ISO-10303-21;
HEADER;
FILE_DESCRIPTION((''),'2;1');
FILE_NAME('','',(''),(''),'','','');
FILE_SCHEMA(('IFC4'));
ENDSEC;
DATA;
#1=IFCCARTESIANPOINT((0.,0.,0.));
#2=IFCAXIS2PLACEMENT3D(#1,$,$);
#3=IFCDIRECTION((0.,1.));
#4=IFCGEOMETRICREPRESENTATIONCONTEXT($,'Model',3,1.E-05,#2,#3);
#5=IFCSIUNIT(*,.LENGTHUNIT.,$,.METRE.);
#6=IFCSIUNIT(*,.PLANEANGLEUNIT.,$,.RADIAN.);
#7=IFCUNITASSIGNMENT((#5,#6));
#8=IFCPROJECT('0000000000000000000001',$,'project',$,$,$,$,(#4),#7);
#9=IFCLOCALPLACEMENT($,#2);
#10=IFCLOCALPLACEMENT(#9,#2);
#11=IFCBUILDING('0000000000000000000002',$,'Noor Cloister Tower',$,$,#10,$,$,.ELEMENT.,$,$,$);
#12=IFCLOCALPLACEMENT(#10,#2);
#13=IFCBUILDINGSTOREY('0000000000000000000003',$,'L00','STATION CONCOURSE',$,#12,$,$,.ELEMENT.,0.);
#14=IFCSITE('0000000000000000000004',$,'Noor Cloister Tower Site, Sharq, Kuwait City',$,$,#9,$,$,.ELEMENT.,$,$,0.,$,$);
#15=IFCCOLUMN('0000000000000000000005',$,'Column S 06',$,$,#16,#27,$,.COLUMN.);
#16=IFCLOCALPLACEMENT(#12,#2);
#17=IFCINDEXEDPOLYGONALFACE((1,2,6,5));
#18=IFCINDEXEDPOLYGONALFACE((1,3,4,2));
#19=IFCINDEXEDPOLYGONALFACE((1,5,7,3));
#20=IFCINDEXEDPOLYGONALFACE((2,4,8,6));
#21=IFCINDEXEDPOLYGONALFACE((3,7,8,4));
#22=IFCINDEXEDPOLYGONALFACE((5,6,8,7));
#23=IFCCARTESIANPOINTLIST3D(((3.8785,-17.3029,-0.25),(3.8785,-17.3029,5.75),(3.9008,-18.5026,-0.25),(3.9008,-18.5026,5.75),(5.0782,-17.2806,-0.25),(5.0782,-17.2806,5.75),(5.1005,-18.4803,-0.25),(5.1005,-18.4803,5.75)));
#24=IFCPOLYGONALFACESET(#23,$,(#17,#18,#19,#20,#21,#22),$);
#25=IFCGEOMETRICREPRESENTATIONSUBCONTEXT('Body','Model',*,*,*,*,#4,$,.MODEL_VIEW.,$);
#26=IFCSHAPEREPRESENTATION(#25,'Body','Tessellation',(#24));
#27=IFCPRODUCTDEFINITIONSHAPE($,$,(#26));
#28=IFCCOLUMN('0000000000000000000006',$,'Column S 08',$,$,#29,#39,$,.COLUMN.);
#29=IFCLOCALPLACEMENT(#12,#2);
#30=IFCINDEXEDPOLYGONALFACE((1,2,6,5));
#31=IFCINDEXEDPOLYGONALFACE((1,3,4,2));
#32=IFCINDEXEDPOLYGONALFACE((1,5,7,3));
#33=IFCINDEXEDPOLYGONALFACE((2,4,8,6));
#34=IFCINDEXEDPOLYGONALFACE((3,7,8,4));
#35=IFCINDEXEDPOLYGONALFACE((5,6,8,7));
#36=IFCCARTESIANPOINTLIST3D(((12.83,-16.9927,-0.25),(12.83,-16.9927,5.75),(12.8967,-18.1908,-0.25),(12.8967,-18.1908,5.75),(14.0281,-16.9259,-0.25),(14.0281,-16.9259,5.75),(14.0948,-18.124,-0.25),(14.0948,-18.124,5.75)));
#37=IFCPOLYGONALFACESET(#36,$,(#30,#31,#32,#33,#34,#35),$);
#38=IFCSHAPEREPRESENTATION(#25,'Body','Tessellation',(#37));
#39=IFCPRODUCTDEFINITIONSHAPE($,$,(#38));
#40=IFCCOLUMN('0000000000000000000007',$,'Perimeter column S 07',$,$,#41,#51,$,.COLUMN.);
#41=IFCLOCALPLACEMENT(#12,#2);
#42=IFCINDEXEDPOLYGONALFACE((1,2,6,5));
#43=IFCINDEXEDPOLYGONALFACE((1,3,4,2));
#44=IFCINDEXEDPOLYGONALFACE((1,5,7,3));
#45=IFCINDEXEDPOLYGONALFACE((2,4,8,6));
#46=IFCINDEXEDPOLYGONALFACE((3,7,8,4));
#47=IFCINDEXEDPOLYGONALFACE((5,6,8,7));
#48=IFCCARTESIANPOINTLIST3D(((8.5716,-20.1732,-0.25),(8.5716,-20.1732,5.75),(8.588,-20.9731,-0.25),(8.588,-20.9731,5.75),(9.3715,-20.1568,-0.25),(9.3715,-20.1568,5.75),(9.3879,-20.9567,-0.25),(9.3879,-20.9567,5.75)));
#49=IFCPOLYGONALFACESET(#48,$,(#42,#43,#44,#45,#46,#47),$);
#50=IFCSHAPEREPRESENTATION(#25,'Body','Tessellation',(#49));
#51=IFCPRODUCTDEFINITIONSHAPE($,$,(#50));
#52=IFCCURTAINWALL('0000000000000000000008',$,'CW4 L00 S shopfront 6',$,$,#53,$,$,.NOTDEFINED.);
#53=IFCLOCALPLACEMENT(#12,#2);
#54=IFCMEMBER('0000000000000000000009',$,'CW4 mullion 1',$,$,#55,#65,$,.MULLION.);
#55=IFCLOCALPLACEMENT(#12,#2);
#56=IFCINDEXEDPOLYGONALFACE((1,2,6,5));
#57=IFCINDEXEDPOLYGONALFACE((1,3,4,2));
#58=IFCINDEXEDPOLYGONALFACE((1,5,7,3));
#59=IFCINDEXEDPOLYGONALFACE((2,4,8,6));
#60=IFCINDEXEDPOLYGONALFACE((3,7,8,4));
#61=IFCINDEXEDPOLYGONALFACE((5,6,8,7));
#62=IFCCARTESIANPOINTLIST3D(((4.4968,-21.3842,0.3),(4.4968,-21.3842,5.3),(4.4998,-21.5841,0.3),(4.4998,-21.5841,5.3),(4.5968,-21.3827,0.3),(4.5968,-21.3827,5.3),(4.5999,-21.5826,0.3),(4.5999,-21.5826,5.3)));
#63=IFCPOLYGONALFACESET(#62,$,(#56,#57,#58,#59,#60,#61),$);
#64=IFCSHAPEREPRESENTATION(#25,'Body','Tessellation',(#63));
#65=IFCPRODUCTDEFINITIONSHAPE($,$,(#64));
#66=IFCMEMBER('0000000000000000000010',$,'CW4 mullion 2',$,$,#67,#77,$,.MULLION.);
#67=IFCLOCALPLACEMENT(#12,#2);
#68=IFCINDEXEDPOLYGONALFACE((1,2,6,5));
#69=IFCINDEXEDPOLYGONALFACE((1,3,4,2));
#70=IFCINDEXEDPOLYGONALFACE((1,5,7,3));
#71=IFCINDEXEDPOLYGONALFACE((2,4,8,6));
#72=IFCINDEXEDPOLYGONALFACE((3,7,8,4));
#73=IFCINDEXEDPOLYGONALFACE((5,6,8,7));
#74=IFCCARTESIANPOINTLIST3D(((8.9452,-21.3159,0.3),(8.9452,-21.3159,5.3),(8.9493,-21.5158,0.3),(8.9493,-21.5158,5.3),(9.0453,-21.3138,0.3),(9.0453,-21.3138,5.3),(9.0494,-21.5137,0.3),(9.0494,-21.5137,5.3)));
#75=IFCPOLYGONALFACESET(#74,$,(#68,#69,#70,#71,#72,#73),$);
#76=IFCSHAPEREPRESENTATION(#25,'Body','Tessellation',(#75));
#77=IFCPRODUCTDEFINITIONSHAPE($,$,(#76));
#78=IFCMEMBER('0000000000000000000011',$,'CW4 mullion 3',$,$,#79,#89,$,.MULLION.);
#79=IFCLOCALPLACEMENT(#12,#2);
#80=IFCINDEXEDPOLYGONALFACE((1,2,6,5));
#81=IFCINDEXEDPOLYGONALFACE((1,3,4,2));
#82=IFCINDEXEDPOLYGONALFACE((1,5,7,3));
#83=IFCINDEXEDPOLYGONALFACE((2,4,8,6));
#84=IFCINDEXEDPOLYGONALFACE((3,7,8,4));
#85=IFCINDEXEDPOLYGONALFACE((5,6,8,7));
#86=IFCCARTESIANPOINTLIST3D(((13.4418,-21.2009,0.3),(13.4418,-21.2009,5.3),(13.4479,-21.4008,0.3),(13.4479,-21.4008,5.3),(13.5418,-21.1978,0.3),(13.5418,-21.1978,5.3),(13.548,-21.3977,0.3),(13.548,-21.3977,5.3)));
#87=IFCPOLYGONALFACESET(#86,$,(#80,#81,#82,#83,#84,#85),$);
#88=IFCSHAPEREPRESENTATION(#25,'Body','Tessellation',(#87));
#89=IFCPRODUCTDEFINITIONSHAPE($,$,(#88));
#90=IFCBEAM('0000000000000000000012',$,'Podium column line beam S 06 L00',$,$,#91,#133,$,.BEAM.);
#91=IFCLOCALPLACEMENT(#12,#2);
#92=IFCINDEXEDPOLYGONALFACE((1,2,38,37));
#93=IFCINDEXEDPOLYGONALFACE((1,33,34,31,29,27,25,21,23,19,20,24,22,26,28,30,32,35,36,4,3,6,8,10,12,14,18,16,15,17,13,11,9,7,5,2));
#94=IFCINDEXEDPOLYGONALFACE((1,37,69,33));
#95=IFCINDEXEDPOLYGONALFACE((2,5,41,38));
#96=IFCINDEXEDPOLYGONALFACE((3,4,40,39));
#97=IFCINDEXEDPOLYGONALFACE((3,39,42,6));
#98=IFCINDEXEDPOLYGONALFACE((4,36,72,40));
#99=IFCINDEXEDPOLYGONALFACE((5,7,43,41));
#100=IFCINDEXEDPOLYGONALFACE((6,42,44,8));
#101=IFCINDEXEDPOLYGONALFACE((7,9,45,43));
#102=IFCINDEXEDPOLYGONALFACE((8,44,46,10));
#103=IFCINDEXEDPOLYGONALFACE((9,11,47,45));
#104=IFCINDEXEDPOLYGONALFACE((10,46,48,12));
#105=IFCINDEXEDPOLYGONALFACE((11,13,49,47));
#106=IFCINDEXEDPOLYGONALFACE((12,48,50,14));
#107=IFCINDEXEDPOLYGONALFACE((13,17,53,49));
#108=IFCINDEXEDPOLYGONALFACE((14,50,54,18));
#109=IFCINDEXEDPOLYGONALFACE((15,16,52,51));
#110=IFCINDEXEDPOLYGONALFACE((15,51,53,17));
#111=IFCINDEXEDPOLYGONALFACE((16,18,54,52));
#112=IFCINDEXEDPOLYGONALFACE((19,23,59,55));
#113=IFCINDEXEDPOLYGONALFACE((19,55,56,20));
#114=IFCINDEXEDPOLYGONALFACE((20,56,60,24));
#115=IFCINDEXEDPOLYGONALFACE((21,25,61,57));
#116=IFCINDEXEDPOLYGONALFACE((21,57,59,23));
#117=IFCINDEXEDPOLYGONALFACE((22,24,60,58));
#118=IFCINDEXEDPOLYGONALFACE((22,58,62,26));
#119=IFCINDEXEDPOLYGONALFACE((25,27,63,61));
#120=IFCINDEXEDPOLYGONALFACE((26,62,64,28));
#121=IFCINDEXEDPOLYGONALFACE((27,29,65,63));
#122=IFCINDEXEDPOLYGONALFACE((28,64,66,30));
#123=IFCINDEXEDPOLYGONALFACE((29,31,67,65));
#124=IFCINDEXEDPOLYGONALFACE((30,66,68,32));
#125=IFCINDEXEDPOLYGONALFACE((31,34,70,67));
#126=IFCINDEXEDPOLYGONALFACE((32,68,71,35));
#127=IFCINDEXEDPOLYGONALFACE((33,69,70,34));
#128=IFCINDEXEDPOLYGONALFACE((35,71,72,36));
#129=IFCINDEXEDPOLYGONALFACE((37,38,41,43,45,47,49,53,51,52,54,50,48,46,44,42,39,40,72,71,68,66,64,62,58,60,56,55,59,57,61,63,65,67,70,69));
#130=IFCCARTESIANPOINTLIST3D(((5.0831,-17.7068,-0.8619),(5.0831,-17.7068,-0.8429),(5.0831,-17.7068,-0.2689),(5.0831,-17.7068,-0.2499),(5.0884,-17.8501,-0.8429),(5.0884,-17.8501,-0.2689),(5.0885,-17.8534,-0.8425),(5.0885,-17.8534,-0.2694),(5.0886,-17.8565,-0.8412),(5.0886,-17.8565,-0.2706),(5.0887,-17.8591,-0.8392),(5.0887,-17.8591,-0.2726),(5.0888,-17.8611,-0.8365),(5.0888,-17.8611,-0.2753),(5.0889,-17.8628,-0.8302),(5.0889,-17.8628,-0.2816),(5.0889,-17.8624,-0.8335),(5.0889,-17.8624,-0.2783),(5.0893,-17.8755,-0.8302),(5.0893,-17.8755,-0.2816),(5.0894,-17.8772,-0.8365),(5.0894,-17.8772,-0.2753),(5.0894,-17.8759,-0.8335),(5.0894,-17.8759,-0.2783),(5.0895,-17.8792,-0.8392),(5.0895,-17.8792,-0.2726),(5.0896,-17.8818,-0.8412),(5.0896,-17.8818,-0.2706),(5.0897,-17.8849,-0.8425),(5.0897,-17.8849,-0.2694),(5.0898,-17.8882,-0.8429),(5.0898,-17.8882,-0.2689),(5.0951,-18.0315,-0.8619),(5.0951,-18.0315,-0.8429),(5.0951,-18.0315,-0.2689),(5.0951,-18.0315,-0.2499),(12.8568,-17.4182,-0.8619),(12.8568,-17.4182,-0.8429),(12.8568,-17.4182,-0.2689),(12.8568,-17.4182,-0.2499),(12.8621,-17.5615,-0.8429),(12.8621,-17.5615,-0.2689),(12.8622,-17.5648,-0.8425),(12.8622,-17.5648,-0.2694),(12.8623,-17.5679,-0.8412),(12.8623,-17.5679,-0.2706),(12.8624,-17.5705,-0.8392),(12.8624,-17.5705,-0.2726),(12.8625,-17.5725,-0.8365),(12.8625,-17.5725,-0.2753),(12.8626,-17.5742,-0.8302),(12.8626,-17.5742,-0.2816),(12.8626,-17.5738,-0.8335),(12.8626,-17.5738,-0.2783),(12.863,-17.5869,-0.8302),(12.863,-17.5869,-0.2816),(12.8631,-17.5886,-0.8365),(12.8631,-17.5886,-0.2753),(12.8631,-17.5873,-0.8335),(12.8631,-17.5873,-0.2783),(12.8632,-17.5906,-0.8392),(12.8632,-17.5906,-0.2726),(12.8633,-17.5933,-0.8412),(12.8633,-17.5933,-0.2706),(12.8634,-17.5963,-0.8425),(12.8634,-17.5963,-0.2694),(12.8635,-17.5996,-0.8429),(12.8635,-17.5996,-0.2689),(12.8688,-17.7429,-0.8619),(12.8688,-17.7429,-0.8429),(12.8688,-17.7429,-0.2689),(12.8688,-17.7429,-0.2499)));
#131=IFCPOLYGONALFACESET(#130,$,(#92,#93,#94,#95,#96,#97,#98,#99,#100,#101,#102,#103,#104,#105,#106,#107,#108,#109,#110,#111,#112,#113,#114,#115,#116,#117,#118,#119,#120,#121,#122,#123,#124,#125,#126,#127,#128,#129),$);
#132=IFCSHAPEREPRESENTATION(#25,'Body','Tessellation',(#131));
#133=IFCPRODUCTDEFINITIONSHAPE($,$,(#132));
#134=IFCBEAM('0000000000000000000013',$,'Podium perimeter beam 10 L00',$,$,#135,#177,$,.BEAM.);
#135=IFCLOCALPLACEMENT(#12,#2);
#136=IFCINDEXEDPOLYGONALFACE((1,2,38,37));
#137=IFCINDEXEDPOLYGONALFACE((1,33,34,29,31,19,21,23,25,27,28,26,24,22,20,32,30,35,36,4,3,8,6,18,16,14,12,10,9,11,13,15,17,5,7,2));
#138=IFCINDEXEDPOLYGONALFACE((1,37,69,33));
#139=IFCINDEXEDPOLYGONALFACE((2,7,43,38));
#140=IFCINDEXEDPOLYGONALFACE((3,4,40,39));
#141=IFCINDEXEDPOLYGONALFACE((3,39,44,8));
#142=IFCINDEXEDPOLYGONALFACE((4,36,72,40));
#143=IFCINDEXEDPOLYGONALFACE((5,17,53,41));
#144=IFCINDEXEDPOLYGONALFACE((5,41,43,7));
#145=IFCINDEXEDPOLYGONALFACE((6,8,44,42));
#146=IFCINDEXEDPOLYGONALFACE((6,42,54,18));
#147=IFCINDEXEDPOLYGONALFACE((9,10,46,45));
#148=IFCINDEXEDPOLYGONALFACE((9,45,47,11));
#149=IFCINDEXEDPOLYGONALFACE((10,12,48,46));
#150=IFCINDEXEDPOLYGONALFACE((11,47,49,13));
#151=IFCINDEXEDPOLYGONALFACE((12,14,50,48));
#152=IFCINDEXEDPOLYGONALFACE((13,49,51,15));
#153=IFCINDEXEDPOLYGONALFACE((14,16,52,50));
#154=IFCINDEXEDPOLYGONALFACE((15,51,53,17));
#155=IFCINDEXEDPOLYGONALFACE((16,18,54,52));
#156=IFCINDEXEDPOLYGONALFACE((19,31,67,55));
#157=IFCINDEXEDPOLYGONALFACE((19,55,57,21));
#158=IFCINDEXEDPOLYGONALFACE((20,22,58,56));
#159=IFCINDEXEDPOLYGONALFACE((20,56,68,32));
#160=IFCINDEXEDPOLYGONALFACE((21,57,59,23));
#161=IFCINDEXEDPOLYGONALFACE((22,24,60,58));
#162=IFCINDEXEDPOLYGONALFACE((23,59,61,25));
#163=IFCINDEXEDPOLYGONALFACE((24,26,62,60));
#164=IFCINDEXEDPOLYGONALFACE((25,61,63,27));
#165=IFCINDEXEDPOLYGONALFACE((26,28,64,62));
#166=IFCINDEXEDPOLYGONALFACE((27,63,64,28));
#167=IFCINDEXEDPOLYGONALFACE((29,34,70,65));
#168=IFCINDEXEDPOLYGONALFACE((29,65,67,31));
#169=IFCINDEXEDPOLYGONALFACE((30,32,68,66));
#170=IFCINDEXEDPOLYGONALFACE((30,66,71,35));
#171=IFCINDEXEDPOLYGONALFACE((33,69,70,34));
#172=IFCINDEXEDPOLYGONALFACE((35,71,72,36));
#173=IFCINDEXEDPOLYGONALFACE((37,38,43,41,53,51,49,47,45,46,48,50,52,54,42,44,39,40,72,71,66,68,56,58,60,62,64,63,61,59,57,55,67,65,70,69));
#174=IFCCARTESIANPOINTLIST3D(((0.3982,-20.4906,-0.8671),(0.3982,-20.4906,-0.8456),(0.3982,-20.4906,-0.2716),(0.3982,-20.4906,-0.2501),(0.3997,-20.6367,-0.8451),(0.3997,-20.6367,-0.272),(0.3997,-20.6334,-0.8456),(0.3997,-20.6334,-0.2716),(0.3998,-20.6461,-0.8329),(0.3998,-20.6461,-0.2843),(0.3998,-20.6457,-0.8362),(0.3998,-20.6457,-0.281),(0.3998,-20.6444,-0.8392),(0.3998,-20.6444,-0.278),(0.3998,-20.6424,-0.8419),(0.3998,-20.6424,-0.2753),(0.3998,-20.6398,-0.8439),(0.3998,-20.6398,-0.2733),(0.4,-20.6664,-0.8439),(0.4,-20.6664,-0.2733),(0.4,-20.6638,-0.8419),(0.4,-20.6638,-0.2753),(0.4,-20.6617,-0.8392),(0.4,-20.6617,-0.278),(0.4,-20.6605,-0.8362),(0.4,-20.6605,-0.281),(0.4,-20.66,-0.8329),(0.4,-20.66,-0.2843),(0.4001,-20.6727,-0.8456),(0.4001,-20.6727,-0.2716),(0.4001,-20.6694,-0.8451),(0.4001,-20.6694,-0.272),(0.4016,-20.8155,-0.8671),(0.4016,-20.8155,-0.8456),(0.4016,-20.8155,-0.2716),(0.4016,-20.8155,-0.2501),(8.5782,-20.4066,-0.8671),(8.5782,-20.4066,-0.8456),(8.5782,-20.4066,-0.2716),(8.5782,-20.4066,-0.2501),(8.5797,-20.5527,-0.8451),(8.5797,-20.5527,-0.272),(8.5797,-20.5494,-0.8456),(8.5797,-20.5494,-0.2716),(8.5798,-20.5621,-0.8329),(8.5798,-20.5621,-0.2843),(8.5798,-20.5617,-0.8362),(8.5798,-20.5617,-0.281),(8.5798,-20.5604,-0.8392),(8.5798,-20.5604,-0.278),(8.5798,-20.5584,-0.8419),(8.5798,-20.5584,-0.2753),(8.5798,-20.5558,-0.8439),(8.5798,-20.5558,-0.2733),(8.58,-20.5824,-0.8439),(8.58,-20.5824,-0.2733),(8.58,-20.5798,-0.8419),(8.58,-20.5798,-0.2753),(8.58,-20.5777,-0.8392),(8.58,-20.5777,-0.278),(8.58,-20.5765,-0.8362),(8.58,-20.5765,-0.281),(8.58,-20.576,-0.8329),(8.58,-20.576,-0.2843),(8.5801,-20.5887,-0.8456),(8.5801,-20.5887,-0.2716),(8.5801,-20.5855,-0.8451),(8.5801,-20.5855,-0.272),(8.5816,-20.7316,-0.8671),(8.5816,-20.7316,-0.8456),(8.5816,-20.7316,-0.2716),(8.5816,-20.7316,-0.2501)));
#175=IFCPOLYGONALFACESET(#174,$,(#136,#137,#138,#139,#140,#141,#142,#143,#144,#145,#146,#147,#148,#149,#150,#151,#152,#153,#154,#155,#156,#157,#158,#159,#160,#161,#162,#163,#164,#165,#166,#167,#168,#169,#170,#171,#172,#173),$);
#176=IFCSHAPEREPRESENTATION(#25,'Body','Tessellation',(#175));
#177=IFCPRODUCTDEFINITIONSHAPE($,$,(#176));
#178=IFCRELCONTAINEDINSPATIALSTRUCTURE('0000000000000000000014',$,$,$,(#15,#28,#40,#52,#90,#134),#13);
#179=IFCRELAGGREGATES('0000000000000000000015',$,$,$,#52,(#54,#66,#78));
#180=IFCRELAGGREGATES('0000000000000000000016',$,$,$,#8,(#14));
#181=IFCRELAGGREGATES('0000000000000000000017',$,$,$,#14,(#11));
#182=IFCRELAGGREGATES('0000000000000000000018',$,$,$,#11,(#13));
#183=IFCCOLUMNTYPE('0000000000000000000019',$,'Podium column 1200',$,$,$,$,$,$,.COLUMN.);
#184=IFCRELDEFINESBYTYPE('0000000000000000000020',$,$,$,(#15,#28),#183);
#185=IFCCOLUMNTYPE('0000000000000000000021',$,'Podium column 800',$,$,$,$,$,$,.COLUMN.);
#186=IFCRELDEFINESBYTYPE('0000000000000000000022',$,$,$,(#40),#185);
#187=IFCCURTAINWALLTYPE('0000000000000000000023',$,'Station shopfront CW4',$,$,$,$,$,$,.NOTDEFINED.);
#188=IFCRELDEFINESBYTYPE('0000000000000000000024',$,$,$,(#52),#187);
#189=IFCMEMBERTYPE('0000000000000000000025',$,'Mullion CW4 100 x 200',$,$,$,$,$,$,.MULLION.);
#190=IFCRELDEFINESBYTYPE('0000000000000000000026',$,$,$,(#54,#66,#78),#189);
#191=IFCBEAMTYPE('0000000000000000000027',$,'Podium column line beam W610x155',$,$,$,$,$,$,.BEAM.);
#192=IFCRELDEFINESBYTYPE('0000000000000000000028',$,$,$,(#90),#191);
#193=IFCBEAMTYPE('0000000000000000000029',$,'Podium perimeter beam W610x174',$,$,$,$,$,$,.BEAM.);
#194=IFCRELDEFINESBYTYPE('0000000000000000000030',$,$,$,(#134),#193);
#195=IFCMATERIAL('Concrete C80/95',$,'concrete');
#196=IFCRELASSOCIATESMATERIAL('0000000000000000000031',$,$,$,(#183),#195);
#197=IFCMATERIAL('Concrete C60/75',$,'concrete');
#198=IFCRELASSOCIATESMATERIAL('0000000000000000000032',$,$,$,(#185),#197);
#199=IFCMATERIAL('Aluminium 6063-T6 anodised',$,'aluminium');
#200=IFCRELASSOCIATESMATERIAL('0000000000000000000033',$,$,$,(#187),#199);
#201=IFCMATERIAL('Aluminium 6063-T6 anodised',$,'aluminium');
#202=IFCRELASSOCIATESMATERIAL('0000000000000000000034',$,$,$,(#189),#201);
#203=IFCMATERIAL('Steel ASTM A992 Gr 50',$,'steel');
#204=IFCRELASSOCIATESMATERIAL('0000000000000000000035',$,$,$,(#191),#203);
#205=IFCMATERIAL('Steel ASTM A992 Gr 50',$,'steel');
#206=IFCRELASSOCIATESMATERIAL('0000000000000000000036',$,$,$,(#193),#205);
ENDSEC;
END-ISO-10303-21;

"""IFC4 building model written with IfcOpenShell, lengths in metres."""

from ifc_helpers import new_model, si_unit, direction, frame, origin, origin_2d, place, context, subcontext, project, spatial, rectangle, i_section, extrude, material, material_profile, profile_set, type_object, element, aggregate, save


model = new_model("IFC4")

# Units and contexts
model_context = context("Model", 3, precision=1e-05, world=origin(), true_north=direction((0.0, 1.0)))
body_context = subcontext(model_context, "Body", "Model", "MODEL_VIEW")
ifc_project = project(units=[si_unit("LENGTHUNIT", "METRE"), si_unit("PLANEANGLEUNIT", "RADIAN")], contexts=[model_context])

# Site, building, storey
site_placement = place(None, origin())
site = spatial("IfcSite", under=ifc_project, at=site_placement, Name="Noor Cloister Tower Site, Sharq, Kuwait City", CompositionType="ELEMENT", RefElevation=0.0)
building_placement = place(site_placement, origin())
building = spatial("IfcBuilding", under=site, at=building_placement, Name="Noor Cloister Tower", CompositionType="ELEMENT")
storey_placement = place(building_placement, origin())
storey = spatial("IfcBuildingStorey", under=building, at=storey_placement, Name="L00", Description="STATION CONCOURSE", CompositionType="ELEMENT", Elevation=0.0)

# Columns
ifc_material_1 = material(Name="Concrete C80/95", Category="concrete")
ifc_material_profile_1 = material_profile(ifc_material_1, rectangle(XDim=1.2, YDim=1.2, at=origin_2d()), Name="Podium column 1200")
ifc_profile_set_1 = profile_set([ifc_material_profile_1], Name="Concrete C80/95")
column_type_1 = type_object("IfcColumnType", Name="Podium column 1200", PredefinedType="COLUMN", material=ifc_profile_set_1)
for number, where, z_axis, x_axis, name in (
    (1, (4.4895, -17.8916, -0.25), (0.0, 0.0, 1.0), (0.018553, -0.999828, 0.0), "Column S 06"),
    (2, (13.4624, -17.5583, -0.25), (0.0, 0.0, 1.0), (0.055633, -0.998451, 0.0), "Column S 08"),
):
    element("IfcColumn", number, at=place(storey_placement, frame(where, z_axis=z_axis, x_axis=x_axis)), inside=storey, type_object=column_type_1, Name=name, PredefinedType="COLUMN", context=body_context, shape_type="SweptSolid", body=[
        extrude(rectangle(XDim=1.2, YDim=1.2, at=origin_2d()), origin(), (0.0, 0.0, 1.0), 6.0),
    ])
ifc_material_2 = material(Name="Concrete C60/75", Category="concrete")
ifc_material_profile_2 = material_profile(ifc_material_2, rectangle(XDim=0.8, YDim=0.8, at=origin_2d()), Name="Podium column 800")
ifc_profile_set_2 = profile_set([ifc_material_profile_2], Name="Concrete C60/75")
column_type_2 = type_object("IfcColumnType", Name="Podium column 800", PredefinedType="COLUMN", material=ifc_profile_set_2)
column_placement = place(storey_placement, frame((8.9797, -20.5649, -0.25), z_axis=(0.0, 0.0, 1.0), x_axis=(0.020537, -0.999789, 0.0)))
element("IfcColumn", 3, at=column_placement, inside=storey, type_object=column_type_2, Name="Perimeter column S 07", PredefinedType="COLUMN", context=body_context, shape_type="SweptSolid", body=[
    extrude(rectangle(XDim=0.8, YDim=0.8, at=origin_2d()), origin(), (0.0, 0.0, 1.0), 6.0),
])

# Curtain wall, members
ifc_material_3 = material(Name="Aluminium 6063-T6 anodised", Category="aluminium")
curtain_wall_type = type_object("IfcCurtainWallType", Name="Station shopfront CW4", PredefinedType="NOTDEFINED", material=ifc_material_3)
curtain_wall_placement = place(storey_placement, origin())
curtain_wall = element("IfcCurtainWall", 4, at=curtain_wall_placement, inside=storey, type_object=curtain_wall_type, Name="CW4 L00 S shopfront 6", PredefinedType="NOTDEFINED")
ifc_material_4 = material(Name="Aluminium 6063-T6 anodised", Category="aluminium")
ifc_material_profile_3 = material_profile(ifc_material_4, rectangle(XDim=0.2, YDim=0.1001, at=origin_2d()), Name="200 x 100 mullion")
ifc_profile_set_3 = profile_set([ifc_material_profile_3], Name="Aluminium 6063-T6 anodised")
member_type = type_object("IfcMemberType", Name="Mullion CW4 100 x 200", PredefinedType="MULLION", material=ifc_profile_set_3)
member_1_placement = place(storey_placement, frame((4.5483, -21.4834, 0.3), z_axis=(0.0, 0.0, 1.0), x_axis=(-0.015403, 0.999881, 0.0)))
member_1 = element("IfcMember", 5, at=member_1_placement, type_object=member_type, Name="CW4 mullion 1", PredefinedType="MULLION", context=body_context, shape_type="SweptSolid", body=[
    extrude(rectangle(XDim=0.2, YDim=0.1001, at=origin_2d()), origin(), (0.0, 0.0, 1.0), 5.0),
])
member_2_placement = place(storey_placement, frame((8.9973, -21.4148, 0.3), z_axis=(0.0, 0.0, 1.0), x_axis=(-0.020537, 0.999789, 0.0)))
member_2 = element("IfcMember", 6, at=member_2_placement, type_object=member_type, Name="CW4 mullion 2", PredefinedType="MULLION", context=body_context, shape_type="SweptSolid", body=[
    extrude(rectangle(XDim=0.2, YDim=0.1001, at=origin_2d()), origin(), (0.0, 0.0, 1.0), 5.0),
])
member_3_placement = place(storey_placement, frame((13.4949, -21.2993, 0.3), z_axis=(0.0, 0.0, 1.0), x_axis=(-0.030803, 0.999525, 0.0)))
member_3 = element("IfcMember", 7, at=member_3_placement, type_object=member_type, Name="CW4 mullion 3", PredefinedType="MULLION", context=body_context, shape_type="SweptSolid", body=[
    extrude(rectangle(XDim=0.2, YDim=0.1001, at=origin_2d()), origin(), (0.0, 0.0, 1.0), 5.0),
])

# Beams
ifc_material_5 = material(Name="Steel ASTM A992 Gr 50", Category="steel")
ifc_material_profile_4 = material_profile(ifc_material_5, i_section(OverallWidth=0.325, OverallDepth=0.6121, WebThickness=0.0127, FlangeThickness=0.019, FilletRadius=0.0127, at=origin_2d()), Name="W610x155")
ifc_profile_set_4 = profile_set([ifc_material_profile_4], Name="Steel ASTM A992 Gr 50")
beam_type_1 = type_object("IfcBeamType", Name="Podium column line beam W610x155", PredefinedType="BEAM", material=ifc_profile_set_4)
beam_1_placement = place(storey_placement, frame((5.0891, -17.8691, -0.5559), z_axis=(0.999312, 0.037096, 0.0), x_axis=(-0.037096, 0.999312, 0.0)))
element("IfcBeam", 8, at=beam_1_placement, inside=storey, type_object=beam_type_1, Name="Podium column line beam S 06 L00", PredefinedType="BEAM", context=body_context, shape_type="SweptSolid", body=[
    extrude(i_section(OverallWidth=0.325, OverallDepth=0.6121, WebThickness=0.0127, FlangeThickness=0.019, FilletRadius=0.0127, at=origin_2d()), origin(), (0.0, 0.0, 1.0), 7.7791),
])
ifc_material_6 = material(Name="Steel ASTM A992 Gr 50", Category="steel")
ifc_material_profile_5 = material_profile(ifc_material_6, i_section(OverallWidth=0.325, OverallDepth=0.6169, WebThickness=0.0139, FlangeThickness=0.0215, FilletRadius=0.0127, at=origin_2d()), Name="W610x174")
ifc_profile_set_5 = profile_set([ifc_material_profile_5], Name="Steel ASTM A992 Gr 50")
beam_type_2 = type_object("IfcBeamType", Name="Podium perimeter beam W610x174", PredefinedType="BEAM", material=ifc_profile_set_5)
for number, where, z_axis, x_axis, name in (
    (9, (0.3999, -20.6531, -0.5586), (0.999947, 0.010267, 0.0), (-0.010267, 0.999947, 0.0), "Podium perimeter beam 10 L00"),
):
    element("IfcBeam", number, at=place(storey_placement, frame(where, z_axis=z_axis, x_axis=x_axis)), inside=storey, type_object=beam_type_2, Name=name, PredefinedType="BEAM", context=body_context, shape_type="SweptSolid", body=[
        extrude(i_section(OverallWidth=0.325, OverallDepth=0.6169, WebThickness=0.0139, FlangeThickness=0.0215, FilletRadius=0.0127, at=origin_2d()), origin(), (0.0, 0.0, 1.0), 8.1804),
    ])

aggregate(curtain_wall, [member_1, member_2, member_3])

save(model, "model.ifc")
